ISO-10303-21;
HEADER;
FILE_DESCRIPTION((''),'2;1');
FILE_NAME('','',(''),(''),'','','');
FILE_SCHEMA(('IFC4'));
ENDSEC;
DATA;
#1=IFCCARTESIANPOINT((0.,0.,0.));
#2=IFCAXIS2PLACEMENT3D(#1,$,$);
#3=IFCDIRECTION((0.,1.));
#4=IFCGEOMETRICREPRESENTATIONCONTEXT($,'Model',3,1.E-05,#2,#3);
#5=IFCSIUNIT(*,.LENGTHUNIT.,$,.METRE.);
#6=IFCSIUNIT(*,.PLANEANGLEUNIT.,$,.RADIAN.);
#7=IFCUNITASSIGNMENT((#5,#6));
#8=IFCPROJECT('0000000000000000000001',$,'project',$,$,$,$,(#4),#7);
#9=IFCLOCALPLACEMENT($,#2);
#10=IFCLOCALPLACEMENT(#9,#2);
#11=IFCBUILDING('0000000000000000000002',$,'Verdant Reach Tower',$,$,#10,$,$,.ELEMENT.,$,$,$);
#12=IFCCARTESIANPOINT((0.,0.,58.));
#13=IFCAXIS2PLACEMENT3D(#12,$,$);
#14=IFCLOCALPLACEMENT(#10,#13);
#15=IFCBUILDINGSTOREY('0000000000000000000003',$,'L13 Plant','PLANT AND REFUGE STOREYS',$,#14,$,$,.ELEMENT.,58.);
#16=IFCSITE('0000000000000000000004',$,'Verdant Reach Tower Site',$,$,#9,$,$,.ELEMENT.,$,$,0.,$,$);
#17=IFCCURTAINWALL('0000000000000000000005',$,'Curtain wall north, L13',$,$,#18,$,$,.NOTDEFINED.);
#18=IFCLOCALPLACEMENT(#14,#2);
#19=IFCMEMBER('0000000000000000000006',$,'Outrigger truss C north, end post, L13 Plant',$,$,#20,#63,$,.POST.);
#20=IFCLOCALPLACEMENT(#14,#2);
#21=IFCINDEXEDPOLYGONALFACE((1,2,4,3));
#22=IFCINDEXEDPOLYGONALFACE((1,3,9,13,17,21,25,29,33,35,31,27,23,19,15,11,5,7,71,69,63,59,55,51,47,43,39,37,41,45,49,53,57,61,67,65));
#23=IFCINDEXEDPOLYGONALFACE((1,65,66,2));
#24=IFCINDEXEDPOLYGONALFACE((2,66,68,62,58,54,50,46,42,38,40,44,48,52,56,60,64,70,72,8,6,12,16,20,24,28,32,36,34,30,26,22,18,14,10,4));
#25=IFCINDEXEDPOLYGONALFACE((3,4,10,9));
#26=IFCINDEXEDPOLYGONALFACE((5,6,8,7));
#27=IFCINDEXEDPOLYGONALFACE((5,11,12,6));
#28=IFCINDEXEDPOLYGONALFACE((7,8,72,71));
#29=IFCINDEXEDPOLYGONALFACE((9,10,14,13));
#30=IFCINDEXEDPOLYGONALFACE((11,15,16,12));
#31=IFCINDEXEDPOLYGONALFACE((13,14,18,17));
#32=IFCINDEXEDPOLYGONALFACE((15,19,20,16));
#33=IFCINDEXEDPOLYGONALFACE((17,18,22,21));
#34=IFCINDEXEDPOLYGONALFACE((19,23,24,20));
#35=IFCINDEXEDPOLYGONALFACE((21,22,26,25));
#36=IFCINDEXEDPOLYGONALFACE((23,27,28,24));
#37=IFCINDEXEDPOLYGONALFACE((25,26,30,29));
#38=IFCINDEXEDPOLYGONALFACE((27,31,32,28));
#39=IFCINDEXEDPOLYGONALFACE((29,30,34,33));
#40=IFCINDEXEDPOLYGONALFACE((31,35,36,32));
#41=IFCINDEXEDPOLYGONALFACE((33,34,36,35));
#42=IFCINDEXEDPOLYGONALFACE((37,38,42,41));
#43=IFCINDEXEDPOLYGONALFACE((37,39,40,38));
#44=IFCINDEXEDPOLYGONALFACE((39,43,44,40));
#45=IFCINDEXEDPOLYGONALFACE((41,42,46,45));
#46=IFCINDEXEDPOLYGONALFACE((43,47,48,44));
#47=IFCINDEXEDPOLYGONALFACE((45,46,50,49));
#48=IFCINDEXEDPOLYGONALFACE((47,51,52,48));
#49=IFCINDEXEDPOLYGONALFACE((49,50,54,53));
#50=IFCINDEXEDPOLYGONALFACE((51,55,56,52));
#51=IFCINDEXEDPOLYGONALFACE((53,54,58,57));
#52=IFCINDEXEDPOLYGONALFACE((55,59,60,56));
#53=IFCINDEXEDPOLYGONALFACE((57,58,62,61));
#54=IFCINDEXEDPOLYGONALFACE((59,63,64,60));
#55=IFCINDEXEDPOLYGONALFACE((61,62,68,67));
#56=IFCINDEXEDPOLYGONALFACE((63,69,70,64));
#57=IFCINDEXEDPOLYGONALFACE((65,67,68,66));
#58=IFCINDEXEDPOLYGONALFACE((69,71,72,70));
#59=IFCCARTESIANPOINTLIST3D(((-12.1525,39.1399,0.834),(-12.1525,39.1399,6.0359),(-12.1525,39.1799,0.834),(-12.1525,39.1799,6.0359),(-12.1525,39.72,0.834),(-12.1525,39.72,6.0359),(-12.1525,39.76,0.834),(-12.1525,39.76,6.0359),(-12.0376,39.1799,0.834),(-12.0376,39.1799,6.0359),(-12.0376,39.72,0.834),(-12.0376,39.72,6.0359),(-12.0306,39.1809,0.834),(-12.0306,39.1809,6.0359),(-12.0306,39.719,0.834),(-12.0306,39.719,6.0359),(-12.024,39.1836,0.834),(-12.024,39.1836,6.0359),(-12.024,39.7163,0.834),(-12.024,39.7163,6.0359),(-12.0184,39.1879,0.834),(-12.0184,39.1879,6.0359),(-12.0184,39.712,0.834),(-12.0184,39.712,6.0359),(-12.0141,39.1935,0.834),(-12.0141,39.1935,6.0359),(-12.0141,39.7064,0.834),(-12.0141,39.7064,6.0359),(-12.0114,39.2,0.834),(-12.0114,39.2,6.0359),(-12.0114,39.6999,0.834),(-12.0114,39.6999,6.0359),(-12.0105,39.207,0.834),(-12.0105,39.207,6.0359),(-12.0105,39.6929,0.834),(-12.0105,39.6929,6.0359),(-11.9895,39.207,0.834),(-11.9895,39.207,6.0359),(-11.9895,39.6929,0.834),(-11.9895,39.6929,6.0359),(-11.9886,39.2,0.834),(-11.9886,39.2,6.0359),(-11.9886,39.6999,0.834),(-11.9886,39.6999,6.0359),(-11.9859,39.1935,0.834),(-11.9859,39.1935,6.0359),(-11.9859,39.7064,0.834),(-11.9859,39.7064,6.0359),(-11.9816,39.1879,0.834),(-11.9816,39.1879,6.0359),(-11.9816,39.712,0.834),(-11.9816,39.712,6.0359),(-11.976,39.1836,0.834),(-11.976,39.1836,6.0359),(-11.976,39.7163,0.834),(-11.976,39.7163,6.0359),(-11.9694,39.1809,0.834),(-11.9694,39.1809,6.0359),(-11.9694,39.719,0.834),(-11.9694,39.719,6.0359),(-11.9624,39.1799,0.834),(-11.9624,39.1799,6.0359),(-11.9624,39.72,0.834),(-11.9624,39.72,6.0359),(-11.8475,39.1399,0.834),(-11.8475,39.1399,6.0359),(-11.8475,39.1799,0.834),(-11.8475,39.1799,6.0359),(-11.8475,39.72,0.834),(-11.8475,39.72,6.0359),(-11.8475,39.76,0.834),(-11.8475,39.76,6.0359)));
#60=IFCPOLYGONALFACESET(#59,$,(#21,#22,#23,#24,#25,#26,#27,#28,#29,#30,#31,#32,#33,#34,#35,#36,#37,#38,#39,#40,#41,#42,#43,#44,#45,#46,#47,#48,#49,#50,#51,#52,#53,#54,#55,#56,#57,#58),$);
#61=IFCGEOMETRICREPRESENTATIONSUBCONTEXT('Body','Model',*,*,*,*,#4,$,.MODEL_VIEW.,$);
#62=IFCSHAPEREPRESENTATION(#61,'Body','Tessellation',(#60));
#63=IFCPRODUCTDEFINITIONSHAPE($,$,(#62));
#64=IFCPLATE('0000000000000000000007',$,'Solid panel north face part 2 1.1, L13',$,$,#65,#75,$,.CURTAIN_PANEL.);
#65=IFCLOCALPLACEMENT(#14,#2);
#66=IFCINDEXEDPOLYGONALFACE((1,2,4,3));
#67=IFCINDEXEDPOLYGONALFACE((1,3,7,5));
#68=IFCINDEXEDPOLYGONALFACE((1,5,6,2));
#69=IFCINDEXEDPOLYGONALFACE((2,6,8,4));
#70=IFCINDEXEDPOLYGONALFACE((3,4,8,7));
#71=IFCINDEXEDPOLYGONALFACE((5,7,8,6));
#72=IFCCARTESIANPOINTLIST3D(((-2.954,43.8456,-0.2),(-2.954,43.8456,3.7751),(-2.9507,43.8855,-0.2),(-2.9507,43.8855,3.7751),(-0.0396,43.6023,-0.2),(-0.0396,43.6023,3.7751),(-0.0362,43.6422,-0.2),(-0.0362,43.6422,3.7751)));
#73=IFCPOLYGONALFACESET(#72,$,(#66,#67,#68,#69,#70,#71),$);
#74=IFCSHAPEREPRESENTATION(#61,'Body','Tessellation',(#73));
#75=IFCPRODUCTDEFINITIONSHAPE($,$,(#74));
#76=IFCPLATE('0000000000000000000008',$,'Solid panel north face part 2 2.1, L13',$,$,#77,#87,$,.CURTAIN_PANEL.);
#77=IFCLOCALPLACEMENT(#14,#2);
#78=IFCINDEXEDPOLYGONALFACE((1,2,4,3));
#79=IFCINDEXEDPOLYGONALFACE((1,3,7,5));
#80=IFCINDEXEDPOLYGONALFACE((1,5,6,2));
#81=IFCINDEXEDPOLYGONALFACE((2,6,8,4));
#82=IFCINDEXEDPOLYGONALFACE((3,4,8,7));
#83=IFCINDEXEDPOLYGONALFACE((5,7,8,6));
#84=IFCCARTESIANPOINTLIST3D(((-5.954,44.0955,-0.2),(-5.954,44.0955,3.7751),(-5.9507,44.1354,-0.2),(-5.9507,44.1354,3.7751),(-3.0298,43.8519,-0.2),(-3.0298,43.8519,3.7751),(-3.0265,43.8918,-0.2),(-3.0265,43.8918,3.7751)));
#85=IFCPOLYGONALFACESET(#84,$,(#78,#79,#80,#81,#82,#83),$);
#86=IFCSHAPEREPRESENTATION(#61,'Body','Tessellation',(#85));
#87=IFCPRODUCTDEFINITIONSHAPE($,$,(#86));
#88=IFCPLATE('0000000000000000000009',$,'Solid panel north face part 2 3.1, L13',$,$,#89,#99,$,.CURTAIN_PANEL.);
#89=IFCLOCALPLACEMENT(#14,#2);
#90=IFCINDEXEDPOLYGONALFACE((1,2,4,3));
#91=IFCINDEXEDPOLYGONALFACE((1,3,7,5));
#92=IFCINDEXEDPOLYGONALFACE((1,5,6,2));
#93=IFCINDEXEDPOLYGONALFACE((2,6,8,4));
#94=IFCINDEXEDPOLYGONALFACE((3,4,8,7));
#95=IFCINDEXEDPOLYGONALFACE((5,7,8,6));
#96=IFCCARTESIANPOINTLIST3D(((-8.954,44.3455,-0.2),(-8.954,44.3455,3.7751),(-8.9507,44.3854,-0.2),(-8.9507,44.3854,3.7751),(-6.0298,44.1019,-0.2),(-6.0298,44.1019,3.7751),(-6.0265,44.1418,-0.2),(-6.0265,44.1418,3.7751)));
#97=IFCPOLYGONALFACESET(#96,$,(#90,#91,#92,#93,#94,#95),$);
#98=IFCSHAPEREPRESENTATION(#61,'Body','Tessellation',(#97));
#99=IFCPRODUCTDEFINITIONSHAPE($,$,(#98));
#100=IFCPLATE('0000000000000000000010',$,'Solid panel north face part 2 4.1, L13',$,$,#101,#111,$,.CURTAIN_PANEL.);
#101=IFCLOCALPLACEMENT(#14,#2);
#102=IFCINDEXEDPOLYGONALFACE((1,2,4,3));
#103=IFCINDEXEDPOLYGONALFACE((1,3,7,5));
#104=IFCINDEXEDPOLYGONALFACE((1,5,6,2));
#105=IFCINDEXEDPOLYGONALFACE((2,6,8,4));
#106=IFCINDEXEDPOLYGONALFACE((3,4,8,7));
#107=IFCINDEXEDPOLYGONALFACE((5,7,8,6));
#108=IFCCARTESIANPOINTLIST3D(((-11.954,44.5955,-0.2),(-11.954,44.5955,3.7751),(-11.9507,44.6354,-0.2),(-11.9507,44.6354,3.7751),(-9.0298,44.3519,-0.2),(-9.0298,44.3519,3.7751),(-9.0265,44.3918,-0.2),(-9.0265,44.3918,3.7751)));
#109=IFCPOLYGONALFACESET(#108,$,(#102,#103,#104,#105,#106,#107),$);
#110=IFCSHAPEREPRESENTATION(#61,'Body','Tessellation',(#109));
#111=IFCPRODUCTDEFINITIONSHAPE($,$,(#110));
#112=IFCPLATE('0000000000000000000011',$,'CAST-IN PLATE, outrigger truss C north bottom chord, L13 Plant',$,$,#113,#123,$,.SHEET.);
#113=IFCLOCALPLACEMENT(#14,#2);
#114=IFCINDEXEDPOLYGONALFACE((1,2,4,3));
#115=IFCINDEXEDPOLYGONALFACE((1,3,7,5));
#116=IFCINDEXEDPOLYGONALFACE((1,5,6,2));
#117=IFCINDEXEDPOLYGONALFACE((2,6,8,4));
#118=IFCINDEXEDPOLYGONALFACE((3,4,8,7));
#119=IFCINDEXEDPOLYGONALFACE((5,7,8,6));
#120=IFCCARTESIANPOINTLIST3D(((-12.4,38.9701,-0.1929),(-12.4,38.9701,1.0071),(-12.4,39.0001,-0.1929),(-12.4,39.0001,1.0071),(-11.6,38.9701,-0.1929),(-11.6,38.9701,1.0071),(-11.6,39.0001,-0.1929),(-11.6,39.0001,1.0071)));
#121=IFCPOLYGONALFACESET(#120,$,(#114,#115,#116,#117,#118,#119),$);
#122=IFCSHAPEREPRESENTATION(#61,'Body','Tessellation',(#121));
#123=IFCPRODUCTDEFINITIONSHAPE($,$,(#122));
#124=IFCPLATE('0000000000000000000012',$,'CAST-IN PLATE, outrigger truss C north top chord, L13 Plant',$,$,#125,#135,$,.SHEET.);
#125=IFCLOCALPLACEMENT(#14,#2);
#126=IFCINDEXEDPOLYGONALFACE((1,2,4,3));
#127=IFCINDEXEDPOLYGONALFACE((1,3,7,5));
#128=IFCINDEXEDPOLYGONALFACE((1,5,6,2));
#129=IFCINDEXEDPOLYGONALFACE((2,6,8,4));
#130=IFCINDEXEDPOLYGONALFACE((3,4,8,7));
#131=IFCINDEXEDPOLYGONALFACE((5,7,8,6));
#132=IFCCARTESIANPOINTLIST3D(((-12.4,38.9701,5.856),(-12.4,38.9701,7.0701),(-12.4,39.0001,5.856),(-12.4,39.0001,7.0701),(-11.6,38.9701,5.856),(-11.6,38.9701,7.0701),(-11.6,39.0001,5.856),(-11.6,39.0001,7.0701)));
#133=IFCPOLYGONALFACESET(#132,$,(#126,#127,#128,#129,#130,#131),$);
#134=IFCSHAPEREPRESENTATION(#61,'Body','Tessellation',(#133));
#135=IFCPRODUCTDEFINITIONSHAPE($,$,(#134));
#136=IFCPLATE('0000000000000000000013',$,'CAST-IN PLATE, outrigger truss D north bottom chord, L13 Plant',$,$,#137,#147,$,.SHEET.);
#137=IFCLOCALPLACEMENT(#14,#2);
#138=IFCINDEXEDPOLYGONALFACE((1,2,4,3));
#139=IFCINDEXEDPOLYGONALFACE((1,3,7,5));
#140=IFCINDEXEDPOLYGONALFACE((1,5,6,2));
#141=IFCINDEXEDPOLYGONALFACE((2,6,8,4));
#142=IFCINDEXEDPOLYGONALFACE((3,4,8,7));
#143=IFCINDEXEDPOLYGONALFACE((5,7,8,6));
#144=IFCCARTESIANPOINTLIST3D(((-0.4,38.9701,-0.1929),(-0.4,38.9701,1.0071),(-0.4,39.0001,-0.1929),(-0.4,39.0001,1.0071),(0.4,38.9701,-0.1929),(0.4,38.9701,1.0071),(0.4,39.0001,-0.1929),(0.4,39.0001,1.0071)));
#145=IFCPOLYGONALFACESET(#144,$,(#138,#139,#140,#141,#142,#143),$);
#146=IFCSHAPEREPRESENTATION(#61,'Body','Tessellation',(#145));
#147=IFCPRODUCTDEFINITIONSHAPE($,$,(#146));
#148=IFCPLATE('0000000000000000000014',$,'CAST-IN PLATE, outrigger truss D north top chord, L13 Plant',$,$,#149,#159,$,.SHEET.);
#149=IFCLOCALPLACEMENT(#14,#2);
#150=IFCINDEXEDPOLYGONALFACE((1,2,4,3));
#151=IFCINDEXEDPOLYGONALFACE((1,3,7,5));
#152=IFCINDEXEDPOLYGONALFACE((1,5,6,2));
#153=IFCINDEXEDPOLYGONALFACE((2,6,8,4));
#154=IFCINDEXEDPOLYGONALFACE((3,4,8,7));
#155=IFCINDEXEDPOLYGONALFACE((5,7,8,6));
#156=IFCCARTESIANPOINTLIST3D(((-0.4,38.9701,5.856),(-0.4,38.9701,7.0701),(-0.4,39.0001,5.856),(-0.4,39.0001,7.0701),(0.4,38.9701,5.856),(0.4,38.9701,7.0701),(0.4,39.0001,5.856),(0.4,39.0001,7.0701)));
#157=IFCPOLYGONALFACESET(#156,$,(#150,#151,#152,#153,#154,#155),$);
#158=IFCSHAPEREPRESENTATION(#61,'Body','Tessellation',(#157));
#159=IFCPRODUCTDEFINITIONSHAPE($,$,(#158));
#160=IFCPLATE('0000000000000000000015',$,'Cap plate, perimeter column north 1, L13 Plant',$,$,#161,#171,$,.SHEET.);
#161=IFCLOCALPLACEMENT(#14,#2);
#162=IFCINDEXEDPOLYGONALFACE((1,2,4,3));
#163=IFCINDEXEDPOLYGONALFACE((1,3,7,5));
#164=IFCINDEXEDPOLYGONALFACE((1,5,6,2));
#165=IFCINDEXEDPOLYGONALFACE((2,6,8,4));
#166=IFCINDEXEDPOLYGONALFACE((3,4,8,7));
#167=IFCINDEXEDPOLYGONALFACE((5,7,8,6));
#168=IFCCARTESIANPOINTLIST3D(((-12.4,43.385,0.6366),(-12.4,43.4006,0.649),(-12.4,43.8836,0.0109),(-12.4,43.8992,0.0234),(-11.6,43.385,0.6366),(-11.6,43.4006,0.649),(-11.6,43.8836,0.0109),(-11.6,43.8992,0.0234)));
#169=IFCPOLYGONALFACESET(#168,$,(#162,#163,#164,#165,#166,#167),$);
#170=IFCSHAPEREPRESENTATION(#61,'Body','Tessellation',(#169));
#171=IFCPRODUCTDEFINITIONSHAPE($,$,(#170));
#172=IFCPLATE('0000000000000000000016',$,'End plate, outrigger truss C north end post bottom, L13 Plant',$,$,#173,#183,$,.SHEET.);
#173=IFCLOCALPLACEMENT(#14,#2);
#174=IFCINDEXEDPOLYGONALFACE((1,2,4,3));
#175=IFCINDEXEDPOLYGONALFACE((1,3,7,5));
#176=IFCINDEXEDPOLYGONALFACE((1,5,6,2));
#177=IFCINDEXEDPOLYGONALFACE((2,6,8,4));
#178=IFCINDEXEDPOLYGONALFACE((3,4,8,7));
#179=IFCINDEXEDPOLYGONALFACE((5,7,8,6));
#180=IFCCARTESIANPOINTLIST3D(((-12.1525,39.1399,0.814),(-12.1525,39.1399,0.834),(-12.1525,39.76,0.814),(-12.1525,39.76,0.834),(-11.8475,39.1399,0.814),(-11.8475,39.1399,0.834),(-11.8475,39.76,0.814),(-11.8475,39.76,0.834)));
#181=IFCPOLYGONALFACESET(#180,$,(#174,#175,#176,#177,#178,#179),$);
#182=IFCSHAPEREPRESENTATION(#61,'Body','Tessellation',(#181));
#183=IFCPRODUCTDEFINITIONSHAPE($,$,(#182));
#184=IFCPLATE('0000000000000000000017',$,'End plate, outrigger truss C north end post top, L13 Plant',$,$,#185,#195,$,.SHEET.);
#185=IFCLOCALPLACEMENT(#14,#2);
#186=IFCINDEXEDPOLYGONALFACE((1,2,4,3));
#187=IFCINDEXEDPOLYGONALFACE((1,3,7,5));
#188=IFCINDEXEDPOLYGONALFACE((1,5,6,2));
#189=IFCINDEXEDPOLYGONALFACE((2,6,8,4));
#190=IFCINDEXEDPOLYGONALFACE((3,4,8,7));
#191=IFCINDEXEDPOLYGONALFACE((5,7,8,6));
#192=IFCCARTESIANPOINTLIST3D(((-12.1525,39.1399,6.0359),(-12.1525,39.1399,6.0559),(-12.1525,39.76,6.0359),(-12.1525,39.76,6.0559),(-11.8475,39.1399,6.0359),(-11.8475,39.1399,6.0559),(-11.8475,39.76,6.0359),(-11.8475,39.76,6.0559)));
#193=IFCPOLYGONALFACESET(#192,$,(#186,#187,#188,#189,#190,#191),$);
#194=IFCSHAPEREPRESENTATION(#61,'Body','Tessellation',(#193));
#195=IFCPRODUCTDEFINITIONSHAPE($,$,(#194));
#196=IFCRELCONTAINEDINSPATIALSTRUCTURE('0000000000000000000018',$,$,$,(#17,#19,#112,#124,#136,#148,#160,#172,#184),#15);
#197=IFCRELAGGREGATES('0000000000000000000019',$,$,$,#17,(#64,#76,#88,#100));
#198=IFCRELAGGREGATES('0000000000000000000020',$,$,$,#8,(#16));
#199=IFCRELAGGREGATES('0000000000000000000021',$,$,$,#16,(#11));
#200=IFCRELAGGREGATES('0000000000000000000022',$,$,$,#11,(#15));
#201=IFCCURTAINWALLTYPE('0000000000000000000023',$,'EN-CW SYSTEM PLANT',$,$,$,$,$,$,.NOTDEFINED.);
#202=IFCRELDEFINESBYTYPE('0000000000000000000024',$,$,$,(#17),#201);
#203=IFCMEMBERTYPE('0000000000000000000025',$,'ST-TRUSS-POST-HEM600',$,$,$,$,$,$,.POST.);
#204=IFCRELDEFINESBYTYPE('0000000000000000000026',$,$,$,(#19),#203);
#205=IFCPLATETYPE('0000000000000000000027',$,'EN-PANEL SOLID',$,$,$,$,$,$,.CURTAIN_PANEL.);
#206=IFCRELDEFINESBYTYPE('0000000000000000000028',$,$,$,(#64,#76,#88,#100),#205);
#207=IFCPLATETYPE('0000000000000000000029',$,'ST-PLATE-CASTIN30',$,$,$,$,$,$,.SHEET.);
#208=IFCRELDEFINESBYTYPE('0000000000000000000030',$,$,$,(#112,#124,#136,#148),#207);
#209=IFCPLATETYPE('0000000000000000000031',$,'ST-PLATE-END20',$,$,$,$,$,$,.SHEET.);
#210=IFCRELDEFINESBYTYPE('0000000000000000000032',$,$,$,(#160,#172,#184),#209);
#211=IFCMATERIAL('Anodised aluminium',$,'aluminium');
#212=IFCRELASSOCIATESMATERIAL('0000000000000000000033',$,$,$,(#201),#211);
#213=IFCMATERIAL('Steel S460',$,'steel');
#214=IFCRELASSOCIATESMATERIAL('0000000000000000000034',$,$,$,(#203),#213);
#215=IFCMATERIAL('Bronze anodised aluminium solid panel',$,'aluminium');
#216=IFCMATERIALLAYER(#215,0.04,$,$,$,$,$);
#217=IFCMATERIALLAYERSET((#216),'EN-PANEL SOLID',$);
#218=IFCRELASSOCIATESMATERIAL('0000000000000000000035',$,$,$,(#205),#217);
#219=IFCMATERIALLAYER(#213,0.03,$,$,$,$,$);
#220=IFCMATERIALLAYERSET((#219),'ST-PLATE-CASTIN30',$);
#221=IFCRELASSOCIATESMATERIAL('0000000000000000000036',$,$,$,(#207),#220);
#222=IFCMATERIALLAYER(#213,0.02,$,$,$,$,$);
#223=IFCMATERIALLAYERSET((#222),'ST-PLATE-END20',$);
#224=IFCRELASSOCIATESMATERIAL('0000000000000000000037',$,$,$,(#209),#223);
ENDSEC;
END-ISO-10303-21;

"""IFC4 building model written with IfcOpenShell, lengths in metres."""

from ifc_helpers import new_model, si_unit, direction, frame, origin, origin_2d, place, context, subcontext, project, spatial, rectangle, i_section, extrude, material, layer, layer_set, material_profile, profile_set, type_object, element, aggregate, save


model = new_model("IFC4")

# Units and contexts
model_context = context("Model", 3, precision=1e-05, world=origin(), true_north=direction((0.0, 1.0)))
body_context = subcontext(model_context, "Body", "Model", "MODEL_VIEW")
ifc_project = project(units=[si_unit("LENGTHUNIT", "METRE"), si_unit("PLANEANGLEUNIT", "RADIAN")], contexts=[model_context])

# Site, building, storey
site_placement = place(None, origin())
site = spatial("IfcSite", under=ifc_project, at=site_placement, Name="Verdant Reach Tower Site", CompositionType="ELEMENT", RefElevation=0.0)
building_placement = place(site_placement, origin())
building = spatial("IfcBuilding", under=site, at=building_placement, Name="Verdant Reach Tower", CompositionType="ELEMENT")
storey_placement = place(building_placement, frame((0.0, 0.0, 58.0)))
storey = spatial("IfcBuildingStorey", under=building, at=storey_placement, Name="L13 Plant", Description="PLANT AND REFUGE STOREYS", CompositionType="ELEMENT", Elevation=58.0)

# Shared definitions
ifc_material_1 = material(Name="Steel S460", Category="steel")

# Curtain wall
ifc_material_2 = material(Name="Anodised aluminium", Category="aluminium")
curtain_wall_type = type_object("IfcCurtainWallType", Name="EN-CW SYSTEM PLANT", PredefinedType="NOTDEFINED", material=ifc_material_2)
curtain_wall_placement = place(storey_placement, origin())
curtain_wall = element("IfcCurtainWall", 1, at=curtain_wall_placement, inside=storey, type_object=curtain_wall_type, Name="Curtain wall north, L13", PredefinedType="NOTDEFINED")

# Member
ifc_material_profile_1 = material_profile(ifc_material_1, i_section(OverallWidth=0.3049, OverallDepth=0.6201, WebThickness=0.021, FlangeThickness=0.04, FilletRadius=0.0271, at=origin_2d()), Name="HEM 600")
ifc_profile_set_1 = profile_set([ifc_material_profile_1], Name="Steel S460")
member_type_1 = type_object("IfcMemberType", Name="ST-TRUSS-POST-HEM600", PredefinedType="POST", material=ifc_profile_set_1)
member_1_placement = place(storey_placement, frame((-12.0, 39.45, 0.834), z_axis=(0.0, 0.0, 1.0), x_axis=(1.0, 0.0, 0.0)))
element("IfcMember", 2, at=member_1_placement, inside=storey, type_object=member_type_1, Name="Outrigger truss C north, end post, L13 Plant", PredefinedType="POST", context=body_context, shape_type="SweptSolid", body=[
    extrude(i_section(OverallWidth=0.3049, OverallDepth=0.6201, WebThickness=0.021, FlangeThickness=0.04, FilletRadius=0.0271, at=origin_2d()), origin(), (0.0, 0.0, 1.0), 5.2019),
])

# Plates
ifc_material_3 = material(Name="Bronze anodised aluminium solid panel", Category="aluminium")
ifc_layer_1 = layer(ifc_material_3, 0.04)
ifc_layer_set_1 = layer_set([ifc_layer_1], Name="EN-PANEL SOLID")
plate_type_1 = type_object("IfcPlateType", Name="EN-PANEL SOLID", PredefinedType="CURTAIN_PANEL", material=ifc_layer_set_1)
plate_1_placement = place(storey_placement, frame((-1.4951, 43.7439, -0.2), z_axis=(0.0, 0.0, 1.0), x_axis=(-0.996534, 0.083182, 0.0)))
plate_1 = element("IfcPlate", 3, at=plate_1_placement, type_object=plate_type_1, Name="Solid panel north face part 2 1.1, L13", PredefinedType="CURTAIN_PANEL", context=body_context, shape_type="SweptSolid", body=[
    extrude(rectangle(XDim=2.9246, YDim=0.04, at=origin_2d()), origin(), (0.0, 0.0, 1.0), 3.9751),
])
plate_2_placement = place(storey_placement, frame((-4.4902, 43.9937, -0.2), z_axis=(0.0, 0.0, 1.0), x_axis=(-0.996546, 0.083045, 0.0)))
plate_2 = element("IfcPlate", 4, at=plate_2_placement, type_object=plate_type_1, Name="Solid panel north face part 2 2.1, L13", PredefinedType="CURTAIN_PANEL", context=body_context, shape_type="SweptSolid", body=[
    extrude(rectangle(XDim=2.9343, YDim=0.04, at=origin_2d()), origin(), (0.0, 0.0, 1.0), 3.9751),
])
plate_3_placement = place(storey_placement, frame((-7.4902, 44.2437, -0.2), z_axis=(0.0, 0.0, 1.0), x_axis=(-0.996546, 0.083045, 0.0)))
plate_3 = element("IfcPlate", 5, at=plate_3_placement, type_object=plate_type_1, Name="Solid panel north face part 2 3.1, L13", PredefinedType="CURTAIN_PANEL", context=body_context, shape_type="SweptSolid", body=[
    extrude(rectangle(XDim=2.9343, YDim=0.04, at=origin_2d()), origin(), (0.0, 0.0, 1.0), 3.9751),
])
plate_4_placement = place(storey_placement, frame((-10.4902, 44.4937, -0.2), z_axis=(0.0, 0.0, 1.0), x_axis=(-0.996546, 0.083045, 0.0)))
plate_4 = element("IfcPlate", 6, at=plate_4_placement, type_object=plate_type_1, Name="Solid panel north face part 2 4.1, L13", PredefinedType="CURTAIN_PANEL", context=body_context, shape_type="SweptSolid", body=[
    extrude(rectangle(XDim=2.9343, YDim=0.04, at=origin_2d()), origin(), (0.0, 0.0, 1.0), 3.9751),
])

# Plates
ifc_layer_2 = layer(ifc_material_1, 0.03)
ifc_layer_set_2 = layer_set([ifc_layer_2], Name="ST-PLATE-CASTIN30")
plate_type_2 = type_object("IfcPlateType", Name="ST-PLATE-CASTIN30", PredefinedType="SHEET", material=ifc_layer_set_2)
plate_5_placement = place(storey_placement, frame((-12.0, 38.9851, -0.1929), z_axis=(0.0, 0.0, 1.0), x_axis=(1.0, 0.0, 0.0)))
element("IfcPlate", 7, at=plate_5_placement, inside=storey, type_object=plate_type_2, Name="CAST-IN PLATE, outrigger truss C north bottom chord, L13 Plant", PredefinedType="SHEET", context=body_context, shape_type="SweptSolid", body=[
    extrude(rectangle(XDim=0.8, YDim=0.03, at=origin_2d()), origin(), (0.0, 0.0, 1.0), 1.2),
])
plate_6_placement = place(storey_placement, frame((-12.0, 38.9851, 5.856), z_axis=(0.0, 0.0, 1.0), x_axis=(1.0, 0.0, 0.0)))
element("IfcPlate", 8, at=plate_6_placement, inside=storey, type_object=plate_type_2, Name="CAST-IN PLATE, outrigger truss C north top chord, L13 Plant", PredefinedType="SHEET", context=body_context, shape_type="SweptSolid", body=[
    extrude(rectangle(XDim=0.8, YDim=0.03, at=origin_2d()), origin(), (0.0, 0.0, 1.0), 1.2141),
])
plate_7_placement = place(storey_placement, frame((0.0, 38.9851, -0.1929), z_axis=(0.0, 0.0, 1.0), x_axis=(1.0, 0.0, 0.0)))
element("IfcPlate", 9, at=plate_7_placement, inside=storey, type_object=plate_type_2, Name="CAST-IN PLATE, outrigger truss D north bottom chord, L13 Plant", PredefinedType="SHEET", context=body_context, shape_type="SweptSolid", body=[
    extrude(rectangle(XDim=0.8, YDim=0.03, at=origin_2d()), origin(), (0.0, 0.0, 1.0), 1.2),
])
plate_8_placement = place(storey_placement, frame((0.0, 38.9851, 5.856), z_axis=(0.0, 0.0, 1.0), x_axis=(1.0, 0.0, 0.0)))
element("IfcPlate", 10, at=plate_8_placement, inside=storey, type_object=plate_type_2, Name="CAST-IN PLATE, outrigger truss D north top chord, L13 Plant", PredefinedType="SHEET", context=body_context, shape_type="SweptSolid", body=[
    extrude(rectangle(XDim=0.8, YDim=0.03, at=origin_2d()), origin(), (0.0, 0.0, 1.0), 1.2141),
])
ifc_layer_3 = layer(ifc_material_1, 0.02)
ifc_layer_set_3 = layer_set([ifc_layer_3], Name="ST-PLATE-END20")
plate_type_3 = type_object("IfcPlateType", Name="ST-PLATE-END20", PredefinedType="SHEET", material=ifc_layer_set_3)
plate_9_placement = place(storey_placement, frame((-12.0, 43.6343, 0.3237), z_axis=(0.0, 0.78206, 0.623204), x_axis=(-1.0, 0.0, 0.0)))
element("IfcPlate", 11, at=plate_9_placement, inside=storey, type_object=plate_type_3, Name="Cap plate, perimeter column north 1, L13 Plant", PredefinedType="SHEET", context=body_context, shape_type="SweptSolid", body=[
    extrude(rectangle(XDim=0.8, YDim=0.8, at=origin_2d()), origin(), (0.0, 0.0, 1.0), 0.02),
])
for number, where, z_axis, x_axis, name in (
    (12, (-12.0, 39.45, 0.814), (0.0, 0.0, 1.0), (1.0, 0.0, 0.0), "End plate, outrigger truss C north end post bottom, L13 Plant"),
    (13, (-12.0, 39.45, 6.0359), (0.0, 0.0, 1.0), (1.0, 0.0, 0.0), "End plate, outrigger truss C north end post top, L13 Plant"),
):
    element("IfcPlate", number, at=place(storey_placement, frame(where, z_axis=z_axis, x_axis=x_axis)), inside=storey, type_object=plate_type_3, Name=name, PredefinedType="SHEET", context=body_context, shape_type="SweptSolid", body=[
        extrude(rectangle(XDim=0.3049, YDim=0.6201, at=origin_2d()), origin(), (0.0, 0.0, 1.0), 0.02),
    ])

aggregate(curtain_wall, [plate_1, plate_2, plate_3, plate_4])

save(model, "model.ifc")
